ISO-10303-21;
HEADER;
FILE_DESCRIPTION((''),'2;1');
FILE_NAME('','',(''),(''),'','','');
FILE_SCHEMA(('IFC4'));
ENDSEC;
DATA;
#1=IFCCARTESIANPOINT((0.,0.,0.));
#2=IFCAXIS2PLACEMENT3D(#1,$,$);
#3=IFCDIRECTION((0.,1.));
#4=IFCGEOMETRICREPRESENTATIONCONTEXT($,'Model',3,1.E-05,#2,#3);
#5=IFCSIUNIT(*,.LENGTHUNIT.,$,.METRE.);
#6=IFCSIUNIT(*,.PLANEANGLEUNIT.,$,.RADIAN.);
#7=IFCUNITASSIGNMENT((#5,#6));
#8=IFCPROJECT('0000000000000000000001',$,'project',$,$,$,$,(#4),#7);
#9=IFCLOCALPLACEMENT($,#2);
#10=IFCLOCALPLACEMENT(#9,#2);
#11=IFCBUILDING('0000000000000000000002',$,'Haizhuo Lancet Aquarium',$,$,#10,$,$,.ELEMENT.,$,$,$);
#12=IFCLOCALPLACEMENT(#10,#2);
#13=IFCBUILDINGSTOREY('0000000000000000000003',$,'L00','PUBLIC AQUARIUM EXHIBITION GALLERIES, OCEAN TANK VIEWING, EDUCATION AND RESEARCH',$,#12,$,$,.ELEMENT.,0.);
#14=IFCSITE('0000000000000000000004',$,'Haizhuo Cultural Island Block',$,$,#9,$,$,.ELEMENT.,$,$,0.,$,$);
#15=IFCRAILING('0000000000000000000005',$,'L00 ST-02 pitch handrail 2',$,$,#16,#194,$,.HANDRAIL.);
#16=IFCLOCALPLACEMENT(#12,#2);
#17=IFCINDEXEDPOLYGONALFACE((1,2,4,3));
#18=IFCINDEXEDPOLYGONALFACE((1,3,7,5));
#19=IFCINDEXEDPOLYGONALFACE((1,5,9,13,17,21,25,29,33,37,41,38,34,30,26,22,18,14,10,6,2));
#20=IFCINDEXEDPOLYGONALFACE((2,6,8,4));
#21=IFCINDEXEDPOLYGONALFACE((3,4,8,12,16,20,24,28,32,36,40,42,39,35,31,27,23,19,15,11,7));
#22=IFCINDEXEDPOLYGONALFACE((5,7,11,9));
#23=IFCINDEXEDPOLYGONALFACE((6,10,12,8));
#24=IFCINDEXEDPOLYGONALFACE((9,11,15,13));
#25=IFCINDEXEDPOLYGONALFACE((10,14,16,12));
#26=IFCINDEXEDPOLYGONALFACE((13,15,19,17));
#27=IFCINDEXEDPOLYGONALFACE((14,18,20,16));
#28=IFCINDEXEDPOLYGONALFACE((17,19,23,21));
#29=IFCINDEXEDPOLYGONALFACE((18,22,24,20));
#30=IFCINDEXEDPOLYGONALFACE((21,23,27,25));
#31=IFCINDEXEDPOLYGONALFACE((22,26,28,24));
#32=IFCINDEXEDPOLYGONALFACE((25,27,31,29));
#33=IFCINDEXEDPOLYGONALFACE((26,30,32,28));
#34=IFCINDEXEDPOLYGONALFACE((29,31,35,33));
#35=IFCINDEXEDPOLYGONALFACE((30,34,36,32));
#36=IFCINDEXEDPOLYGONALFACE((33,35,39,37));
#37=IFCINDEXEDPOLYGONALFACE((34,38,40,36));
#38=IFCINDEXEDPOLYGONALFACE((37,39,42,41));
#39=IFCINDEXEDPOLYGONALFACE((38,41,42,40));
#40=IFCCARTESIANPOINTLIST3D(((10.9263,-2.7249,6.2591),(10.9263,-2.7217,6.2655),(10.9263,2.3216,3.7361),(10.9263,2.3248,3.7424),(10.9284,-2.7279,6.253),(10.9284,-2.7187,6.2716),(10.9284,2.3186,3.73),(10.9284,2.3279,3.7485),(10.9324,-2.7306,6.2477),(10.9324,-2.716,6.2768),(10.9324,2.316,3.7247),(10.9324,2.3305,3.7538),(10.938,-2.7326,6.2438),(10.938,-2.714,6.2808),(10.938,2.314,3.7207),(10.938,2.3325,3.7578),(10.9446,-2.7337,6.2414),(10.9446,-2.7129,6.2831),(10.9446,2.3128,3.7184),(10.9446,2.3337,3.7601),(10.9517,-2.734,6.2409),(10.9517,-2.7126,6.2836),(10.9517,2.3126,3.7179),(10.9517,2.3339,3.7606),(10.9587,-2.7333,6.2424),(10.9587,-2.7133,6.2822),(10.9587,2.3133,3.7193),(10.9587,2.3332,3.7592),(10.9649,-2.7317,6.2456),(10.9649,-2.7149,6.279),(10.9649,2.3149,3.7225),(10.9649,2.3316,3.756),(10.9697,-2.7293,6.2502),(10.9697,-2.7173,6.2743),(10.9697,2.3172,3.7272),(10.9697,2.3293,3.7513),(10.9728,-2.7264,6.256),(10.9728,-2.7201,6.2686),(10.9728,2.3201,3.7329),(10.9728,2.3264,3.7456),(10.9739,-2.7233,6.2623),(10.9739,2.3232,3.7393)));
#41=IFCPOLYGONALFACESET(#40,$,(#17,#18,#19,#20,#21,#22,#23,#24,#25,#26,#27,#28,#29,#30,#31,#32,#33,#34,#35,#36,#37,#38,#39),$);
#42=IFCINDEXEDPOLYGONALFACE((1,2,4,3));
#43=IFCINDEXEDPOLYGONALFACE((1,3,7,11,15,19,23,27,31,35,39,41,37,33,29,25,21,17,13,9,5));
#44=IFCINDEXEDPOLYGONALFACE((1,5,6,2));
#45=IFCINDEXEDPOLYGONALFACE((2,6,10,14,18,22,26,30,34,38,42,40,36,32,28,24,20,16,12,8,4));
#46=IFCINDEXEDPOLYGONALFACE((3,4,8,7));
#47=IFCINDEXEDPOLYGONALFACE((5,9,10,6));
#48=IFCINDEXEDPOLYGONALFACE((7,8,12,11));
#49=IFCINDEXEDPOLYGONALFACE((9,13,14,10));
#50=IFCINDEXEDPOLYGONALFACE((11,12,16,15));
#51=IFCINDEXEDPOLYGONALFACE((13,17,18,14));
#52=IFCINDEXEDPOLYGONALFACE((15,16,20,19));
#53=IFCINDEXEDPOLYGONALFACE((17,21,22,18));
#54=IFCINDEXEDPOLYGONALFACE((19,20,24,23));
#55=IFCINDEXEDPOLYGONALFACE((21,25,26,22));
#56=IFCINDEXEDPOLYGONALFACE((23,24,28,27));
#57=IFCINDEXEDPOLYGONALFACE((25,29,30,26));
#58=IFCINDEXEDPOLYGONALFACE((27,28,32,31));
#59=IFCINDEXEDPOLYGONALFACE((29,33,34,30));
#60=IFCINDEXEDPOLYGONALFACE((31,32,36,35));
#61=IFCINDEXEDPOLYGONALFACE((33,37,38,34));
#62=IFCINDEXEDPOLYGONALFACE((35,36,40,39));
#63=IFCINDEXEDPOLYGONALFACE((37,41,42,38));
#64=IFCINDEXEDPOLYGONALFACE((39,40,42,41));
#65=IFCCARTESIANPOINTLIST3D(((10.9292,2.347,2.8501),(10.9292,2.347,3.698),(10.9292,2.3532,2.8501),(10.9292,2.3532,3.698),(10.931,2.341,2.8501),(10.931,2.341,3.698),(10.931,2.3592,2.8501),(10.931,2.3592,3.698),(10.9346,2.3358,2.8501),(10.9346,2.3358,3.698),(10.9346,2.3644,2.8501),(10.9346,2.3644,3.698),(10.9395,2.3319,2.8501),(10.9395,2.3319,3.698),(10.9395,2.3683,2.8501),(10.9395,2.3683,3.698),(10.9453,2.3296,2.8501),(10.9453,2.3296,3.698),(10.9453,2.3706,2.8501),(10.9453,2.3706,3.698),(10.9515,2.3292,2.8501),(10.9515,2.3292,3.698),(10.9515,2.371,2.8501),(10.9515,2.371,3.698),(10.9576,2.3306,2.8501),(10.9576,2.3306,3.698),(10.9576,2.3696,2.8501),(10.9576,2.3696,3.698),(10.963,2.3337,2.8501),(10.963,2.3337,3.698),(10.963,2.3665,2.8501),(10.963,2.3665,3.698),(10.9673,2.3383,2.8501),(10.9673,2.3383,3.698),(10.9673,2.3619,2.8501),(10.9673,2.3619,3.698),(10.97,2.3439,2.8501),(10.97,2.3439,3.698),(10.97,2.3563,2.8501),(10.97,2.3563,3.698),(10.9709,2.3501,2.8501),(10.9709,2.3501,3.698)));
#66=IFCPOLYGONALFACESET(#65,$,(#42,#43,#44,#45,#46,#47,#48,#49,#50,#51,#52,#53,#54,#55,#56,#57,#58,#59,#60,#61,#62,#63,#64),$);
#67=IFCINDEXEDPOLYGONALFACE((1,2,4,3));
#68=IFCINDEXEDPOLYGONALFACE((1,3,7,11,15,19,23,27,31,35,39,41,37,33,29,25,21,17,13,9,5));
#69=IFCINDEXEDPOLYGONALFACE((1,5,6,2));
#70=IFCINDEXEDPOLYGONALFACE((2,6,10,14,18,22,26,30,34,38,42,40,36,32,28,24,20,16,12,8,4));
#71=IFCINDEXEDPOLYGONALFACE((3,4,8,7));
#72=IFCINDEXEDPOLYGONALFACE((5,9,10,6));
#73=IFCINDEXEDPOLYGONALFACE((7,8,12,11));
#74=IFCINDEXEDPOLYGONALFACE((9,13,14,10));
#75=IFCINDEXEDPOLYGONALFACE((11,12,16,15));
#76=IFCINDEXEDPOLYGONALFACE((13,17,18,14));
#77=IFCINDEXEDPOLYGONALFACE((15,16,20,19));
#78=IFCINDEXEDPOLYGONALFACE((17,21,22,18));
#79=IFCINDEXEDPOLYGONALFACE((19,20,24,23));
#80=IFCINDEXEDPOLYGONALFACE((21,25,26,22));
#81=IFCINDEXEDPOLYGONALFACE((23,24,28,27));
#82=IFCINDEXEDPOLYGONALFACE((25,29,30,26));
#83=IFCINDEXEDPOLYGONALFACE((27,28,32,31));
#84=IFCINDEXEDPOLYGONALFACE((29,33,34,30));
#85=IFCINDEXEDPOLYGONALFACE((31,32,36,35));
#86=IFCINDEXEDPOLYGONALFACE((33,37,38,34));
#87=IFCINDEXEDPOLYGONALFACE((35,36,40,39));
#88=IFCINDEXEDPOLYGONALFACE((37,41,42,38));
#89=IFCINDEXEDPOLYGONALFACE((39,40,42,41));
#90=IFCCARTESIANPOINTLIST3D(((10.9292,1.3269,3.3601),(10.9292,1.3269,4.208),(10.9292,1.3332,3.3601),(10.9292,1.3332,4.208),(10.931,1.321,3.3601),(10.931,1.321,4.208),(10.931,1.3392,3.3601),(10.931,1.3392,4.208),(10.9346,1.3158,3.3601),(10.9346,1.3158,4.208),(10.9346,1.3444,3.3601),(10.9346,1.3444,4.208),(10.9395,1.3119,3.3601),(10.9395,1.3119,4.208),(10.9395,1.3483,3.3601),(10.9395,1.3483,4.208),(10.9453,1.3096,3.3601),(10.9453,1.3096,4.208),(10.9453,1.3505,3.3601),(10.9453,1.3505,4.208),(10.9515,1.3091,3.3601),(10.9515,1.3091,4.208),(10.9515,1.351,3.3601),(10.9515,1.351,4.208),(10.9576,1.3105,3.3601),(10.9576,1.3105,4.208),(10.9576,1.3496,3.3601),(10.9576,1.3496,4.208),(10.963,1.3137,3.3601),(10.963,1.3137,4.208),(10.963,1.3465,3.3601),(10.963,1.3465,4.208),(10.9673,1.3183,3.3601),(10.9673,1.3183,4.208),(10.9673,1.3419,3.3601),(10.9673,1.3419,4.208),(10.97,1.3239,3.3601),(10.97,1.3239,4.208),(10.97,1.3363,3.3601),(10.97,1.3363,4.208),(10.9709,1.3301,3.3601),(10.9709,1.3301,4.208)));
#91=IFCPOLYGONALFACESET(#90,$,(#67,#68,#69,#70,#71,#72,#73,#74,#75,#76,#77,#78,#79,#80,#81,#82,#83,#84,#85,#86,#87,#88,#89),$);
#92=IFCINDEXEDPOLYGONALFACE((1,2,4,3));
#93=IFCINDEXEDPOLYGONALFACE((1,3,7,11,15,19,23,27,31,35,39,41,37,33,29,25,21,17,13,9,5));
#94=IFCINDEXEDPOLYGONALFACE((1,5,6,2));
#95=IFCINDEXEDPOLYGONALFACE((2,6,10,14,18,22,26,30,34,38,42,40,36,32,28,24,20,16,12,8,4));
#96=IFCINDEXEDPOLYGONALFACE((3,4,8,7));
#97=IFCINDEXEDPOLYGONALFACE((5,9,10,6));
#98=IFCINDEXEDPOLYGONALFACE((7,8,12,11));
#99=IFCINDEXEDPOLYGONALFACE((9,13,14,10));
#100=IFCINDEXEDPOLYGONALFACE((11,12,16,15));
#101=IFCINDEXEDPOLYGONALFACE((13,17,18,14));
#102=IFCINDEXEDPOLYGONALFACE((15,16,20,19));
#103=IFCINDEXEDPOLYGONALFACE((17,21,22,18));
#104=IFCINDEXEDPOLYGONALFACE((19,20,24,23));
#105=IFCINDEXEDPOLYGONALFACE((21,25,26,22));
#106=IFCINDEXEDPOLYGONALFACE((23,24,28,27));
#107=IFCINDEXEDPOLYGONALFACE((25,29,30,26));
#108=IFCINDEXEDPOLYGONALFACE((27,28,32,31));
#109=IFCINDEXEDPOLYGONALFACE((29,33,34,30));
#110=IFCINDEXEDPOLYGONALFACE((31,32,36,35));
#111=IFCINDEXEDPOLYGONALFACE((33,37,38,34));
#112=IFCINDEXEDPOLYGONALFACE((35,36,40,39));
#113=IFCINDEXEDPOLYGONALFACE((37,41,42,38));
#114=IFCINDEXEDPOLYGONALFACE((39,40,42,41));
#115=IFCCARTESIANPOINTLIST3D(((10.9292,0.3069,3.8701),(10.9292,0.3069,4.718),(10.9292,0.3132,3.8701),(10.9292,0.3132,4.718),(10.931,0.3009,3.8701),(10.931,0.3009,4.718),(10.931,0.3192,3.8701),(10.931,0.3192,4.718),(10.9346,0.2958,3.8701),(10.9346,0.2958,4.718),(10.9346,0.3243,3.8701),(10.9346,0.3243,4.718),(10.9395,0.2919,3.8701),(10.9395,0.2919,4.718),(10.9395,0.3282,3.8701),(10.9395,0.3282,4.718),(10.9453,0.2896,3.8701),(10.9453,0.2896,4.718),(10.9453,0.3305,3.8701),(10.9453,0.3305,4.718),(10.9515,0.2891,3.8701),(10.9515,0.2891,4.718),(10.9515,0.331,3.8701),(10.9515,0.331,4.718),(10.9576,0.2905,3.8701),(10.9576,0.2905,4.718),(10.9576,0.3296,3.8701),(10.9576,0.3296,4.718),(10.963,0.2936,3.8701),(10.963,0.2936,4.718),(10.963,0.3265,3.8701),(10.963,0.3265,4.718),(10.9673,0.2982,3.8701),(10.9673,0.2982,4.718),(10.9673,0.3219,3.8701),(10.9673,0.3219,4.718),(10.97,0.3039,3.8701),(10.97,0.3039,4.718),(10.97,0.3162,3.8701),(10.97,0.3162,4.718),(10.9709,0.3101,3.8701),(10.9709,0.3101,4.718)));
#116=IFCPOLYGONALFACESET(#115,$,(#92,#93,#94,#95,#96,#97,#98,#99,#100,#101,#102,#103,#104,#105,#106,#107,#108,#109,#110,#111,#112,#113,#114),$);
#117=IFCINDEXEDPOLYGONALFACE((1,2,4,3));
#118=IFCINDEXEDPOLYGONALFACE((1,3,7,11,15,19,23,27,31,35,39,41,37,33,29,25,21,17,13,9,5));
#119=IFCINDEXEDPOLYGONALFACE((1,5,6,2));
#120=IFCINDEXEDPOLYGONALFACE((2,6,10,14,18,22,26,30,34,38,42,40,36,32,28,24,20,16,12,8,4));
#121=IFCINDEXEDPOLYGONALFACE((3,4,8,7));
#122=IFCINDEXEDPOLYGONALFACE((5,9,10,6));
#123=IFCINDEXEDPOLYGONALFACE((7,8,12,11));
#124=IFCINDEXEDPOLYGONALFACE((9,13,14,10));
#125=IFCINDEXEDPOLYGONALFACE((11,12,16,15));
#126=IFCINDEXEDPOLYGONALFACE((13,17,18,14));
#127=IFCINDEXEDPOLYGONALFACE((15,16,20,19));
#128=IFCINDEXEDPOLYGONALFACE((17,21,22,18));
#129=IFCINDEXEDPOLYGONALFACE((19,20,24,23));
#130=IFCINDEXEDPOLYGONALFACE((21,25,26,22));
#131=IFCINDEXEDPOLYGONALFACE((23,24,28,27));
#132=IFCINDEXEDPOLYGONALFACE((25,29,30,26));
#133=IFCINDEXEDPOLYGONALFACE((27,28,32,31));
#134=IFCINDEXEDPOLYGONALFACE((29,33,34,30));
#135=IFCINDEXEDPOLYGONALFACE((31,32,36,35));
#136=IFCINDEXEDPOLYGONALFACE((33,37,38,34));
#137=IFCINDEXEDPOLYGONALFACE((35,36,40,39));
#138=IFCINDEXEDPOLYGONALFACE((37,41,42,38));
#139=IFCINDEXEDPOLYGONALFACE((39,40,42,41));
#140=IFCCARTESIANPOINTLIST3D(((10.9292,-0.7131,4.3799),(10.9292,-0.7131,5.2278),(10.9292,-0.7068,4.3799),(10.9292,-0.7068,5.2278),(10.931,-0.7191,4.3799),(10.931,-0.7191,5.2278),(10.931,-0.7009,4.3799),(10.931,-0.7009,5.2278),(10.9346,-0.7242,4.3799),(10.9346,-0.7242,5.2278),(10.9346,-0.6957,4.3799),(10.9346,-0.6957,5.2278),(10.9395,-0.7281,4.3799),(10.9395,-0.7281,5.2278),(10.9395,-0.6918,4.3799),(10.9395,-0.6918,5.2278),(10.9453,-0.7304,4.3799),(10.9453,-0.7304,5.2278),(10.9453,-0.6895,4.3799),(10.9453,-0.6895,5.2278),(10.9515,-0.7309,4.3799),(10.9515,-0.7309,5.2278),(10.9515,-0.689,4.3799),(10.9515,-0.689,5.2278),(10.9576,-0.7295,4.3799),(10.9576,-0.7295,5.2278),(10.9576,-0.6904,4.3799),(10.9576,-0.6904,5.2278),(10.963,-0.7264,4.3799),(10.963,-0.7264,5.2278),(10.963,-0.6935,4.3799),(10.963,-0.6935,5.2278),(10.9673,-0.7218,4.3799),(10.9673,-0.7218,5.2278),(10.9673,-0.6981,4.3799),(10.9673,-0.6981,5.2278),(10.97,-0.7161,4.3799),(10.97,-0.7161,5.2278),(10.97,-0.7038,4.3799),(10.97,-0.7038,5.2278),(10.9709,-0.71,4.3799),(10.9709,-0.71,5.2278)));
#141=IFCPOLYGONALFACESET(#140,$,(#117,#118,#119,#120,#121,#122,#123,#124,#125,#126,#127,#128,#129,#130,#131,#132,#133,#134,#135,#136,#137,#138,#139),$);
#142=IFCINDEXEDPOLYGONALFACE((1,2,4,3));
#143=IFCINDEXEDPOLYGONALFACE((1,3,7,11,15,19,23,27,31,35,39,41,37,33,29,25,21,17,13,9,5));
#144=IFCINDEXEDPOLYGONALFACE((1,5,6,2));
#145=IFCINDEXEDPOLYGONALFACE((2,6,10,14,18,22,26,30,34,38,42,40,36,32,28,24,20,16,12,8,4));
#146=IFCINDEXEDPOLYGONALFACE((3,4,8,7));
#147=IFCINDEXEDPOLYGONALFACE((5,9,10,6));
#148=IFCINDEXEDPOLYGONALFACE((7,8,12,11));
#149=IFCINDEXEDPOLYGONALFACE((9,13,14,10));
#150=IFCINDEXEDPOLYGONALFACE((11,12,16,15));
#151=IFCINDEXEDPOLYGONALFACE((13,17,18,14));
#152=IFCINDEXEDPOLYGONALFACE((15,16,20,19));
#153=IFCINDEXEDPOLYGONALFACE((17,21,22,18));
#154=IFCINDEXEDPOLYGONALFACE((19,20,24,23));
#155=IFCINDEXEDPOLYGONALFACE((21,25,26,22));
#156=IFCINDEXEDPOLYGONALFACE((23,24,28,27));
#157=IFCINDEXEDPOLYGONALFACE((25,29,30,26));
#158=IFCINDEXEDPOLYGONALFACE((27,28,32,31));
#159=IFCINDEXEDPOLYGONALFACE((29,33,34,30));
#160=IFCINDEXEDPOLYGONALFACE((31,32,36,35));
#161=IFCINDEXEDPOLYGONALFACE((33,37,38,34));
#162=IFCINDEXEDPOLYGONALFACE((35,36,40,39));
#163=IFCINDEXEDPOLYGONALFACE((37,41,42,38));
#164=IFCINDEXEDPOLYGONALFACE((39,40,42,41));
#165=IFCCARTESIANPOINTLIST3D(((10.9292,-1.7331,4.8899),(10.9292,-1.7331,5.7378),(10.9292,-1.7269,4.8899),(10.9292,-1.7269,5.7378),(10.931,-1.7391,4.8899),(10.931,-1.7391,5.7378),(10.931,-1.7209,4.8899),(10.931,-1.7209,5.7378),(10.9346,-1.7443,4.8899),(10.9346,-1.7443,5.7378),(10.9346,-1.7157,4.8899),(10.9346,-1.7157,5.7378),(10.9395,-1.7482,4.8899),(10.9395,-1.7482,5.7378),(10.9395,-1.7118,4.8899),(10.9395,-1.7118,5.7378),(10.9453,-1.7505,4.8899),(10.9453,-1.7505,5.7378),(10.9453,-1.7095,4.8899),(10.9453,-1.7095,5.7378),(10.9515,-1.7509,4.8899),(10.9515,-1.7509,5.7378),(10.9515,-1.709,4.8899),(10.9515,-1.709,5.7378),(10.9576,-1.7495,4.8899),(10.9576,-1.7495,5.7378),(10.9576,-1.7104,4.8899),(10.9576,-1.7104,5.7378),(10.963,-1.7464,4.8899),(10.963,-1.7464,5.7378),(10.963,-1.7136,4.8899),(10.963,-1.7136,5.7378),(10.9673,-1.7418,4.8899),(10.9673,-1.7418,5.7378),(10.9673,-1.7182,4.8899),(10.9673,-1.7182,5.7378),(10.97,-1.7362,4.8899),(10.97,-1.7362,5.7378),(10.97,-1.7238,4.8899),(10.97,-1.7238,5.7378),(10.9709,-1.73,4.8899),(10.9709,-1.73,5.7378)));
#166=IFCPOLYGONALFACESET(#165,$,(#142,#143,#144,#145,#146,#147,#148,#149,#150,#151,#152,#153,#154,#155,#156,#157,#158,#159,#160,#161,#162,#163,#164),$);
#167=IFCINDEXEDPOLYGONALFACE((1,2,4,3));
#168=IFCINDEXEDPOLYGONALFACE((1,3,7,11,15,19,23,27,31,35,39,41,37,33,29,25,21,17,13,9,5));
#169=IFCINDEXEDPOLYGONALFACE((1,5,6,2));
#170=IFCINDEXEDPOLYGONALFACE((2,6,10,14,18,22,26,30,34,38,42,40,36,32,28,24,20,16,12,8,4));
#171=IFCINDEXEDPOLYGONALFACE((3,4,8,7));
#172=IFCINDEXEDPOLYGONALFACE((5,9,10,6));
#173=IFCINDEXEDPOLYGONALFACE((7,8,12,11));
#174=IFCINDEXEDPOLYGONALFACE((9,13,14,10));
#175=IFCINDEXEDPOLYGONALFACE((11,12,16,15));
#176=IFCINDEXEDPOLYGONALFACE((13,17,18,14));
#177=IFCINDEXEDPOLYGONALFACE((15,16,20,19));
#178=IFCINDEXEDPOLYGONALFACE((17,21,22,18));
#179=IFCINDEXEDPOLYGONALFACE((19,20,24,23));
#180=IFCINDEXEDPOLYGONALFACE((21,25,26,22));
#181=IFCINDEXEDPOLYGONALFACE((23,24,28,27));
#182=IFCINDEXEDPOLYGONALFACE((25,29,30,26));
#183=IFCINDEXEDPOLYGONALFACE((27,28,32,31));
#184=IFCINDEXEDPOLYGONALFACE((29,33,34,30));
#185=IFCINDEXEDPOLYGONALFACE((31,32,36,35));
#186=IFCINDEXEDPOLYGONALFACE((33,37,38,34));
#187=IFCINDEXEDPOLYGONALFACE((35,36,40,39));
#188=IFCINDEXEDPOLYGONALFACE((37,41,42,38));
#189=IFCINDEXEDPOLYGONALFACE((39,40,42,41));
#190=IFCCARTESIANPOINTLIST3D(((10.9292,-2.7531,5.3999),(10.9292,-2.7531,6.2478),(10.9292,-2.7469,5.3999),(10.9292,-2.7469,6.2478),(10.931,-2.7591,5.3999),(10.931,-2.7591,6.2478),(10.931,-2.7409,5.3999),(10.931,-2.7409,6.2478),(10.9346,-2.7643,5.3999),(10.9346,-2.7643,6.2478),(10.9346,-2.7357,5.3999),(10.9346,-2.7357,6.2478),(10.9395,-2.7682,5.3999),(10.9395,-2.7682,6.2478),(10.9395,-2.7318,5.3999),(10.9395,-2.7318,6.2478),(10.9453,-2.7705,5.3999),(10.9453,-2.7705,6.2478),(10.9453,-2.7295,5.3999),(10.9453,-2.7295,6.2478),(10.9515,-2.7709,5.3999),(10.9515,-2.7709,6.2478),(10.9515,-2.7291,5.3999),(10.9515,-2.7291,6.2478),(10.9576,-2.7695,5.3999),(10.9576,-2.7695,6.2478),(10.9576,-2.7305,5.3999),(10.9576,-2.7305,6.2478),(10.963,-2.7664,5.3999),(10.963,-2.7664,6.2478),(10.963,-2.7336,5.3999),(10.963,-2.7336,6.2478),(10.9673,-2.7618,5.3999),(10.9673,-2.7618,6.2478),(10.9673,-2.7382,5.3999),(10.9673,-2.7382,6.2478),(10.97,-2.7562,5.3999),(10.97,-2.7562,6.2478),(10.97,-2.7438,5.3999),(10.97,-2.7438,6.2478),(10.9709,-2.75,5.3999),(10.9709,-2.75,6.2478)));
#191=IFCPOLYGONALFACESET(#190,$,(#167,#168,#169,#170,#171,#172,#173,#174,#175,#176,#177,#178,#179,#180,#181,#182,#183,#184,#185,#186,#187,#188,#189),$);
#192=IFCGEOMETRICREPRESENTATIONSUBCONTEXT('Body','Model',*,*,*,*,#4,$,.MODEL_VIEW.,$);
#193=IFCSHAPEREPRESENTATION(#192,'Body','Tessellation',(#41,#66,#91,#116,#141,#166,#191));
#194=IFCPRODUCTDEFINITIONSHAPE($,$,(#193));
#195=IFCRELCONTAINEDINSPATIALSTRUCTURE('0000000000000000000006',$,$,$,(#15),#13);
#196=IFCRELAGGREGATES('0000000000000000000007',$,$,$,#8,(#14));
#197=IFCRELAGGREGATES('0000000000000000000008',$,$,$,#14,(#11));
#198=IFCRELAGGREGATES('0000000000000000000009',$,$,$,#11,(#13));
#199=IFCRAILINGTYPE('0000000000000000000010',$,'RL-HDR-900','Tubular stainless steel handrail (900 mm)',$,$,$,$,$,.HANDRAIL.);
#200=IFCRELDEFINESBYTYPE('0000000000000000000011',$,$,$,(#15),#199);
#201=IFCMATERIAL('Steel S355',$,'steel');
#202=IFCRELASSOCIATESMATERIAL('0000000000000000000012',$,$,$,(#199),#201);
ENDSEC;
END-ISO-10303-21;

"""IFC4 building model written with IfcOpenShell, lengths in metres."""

from ifc_helpers import new_model, si_unit, direction, frame, origin, origin_2d, place, context, subcontext, project, spatial, circle, extrude, material, type_object, element, save


model = new_model("IFC4")

# Units and contexts
model_context = context("Model", 3, precision=1e-05, world=origin(), true_north=direction((0.0, 1.0)))
body_context = subcontext(model_context, "Body", "Model", "MODEL_VIEW")
ifc_project = project(units=[si_unit("LENGTHUNIT", "METRE"), si_unit("PLANEANGLEUNIT", "RADIAN")], contexts=[model_context])

# Site, building, storey
site_placement = place(None, origin())
site = spatial("IfcSite", under=ifc_project, at=site_placement, Name="Haizhuo Cultural Island Block", CompositionType="ELEMENT", RefElevation=0.0)
building_placement = place(site_placement, origin())
building = spatial("IfcBuilding", under=site, at=building_placement, Name="Haizhuo Lancet Aquarium", CompositionType="ELEMENT")
storey_placement = place(building_placement, origin())
storey = spatial("IfcBuildingStorey", under=building, at=storey_placement, Name="L00", Description="PUBLIC AQUARIUM EXHIBITION GALLERIES, OCEAN TANK VIEWING, EDUCATION AND RESEARCH", CompositionType="ELEMENT", Elevation=0.0)

# Shared definitions
ifc_material_1 = material(Name="Steel S355", Category="steel")

# Railing
railing_type = type_object("IfcRailingType", Name="RL-HDR-900", Description="Tubular stainless steel handrail (900 mm)", PredefinedType="HANDRAIL", material=ifc_material_1)
railing_placement = place(storey_placement, frame((10.95, 2.3501, 2.8501)))
element("IfcRailing", 1, at=railing_placement, inside=storey, type_object=railing_type, Name="L00 ST-02 pitch handrail 2", PredefinedType="HANDRAIL", context=body_context, shape_type="SweptSolid", body=[
    extrude(circle(Radius=0.0239, at=origin_2d()), frame((0.0, -0.0269, 0.8892), z_axis=(0.0, -0.894444, 0.447179), x_axis=(1.0, 0.0, 0.0)), (0.0, 0.0, 1.0), 5.6421),
    extrude(circle(Radius=0.021, at=origin_2d()), origin(), (0.0, 0.0, 1.0), 0.8479),
    extrude(circle(Radius=0.021, at=origin_2d()), frame((0.0, -1.02, 0.51)), (0.0, 0.0, 1.0), 0.8479),
    extrude(circle(Radius=0.021, at=origin_2d()), frame((0.0, -2.04, 1.02)), (0.0, 0.0, 1.0), 0.8479),
    extrude(circle(Radius=0.021, at=origin_2d()), frame((0.0, -3.0601, 1.5298)), (0.0, 0.0, 1.0), 0.8479),
    extrude(circle(Radius=0.021, at=origin_2d()), frame((0.0, -4.0801, 2.0398)), (0.0, 0.0, 1.0), 0.8479),
    extrude(circle(Radius=0.021, at=origin_2d()), frame((0.0, -5.1001, 2.5498)), (0.0, 0.0, 1.0), 0.8479),
])

save(model, "model.ifc")
